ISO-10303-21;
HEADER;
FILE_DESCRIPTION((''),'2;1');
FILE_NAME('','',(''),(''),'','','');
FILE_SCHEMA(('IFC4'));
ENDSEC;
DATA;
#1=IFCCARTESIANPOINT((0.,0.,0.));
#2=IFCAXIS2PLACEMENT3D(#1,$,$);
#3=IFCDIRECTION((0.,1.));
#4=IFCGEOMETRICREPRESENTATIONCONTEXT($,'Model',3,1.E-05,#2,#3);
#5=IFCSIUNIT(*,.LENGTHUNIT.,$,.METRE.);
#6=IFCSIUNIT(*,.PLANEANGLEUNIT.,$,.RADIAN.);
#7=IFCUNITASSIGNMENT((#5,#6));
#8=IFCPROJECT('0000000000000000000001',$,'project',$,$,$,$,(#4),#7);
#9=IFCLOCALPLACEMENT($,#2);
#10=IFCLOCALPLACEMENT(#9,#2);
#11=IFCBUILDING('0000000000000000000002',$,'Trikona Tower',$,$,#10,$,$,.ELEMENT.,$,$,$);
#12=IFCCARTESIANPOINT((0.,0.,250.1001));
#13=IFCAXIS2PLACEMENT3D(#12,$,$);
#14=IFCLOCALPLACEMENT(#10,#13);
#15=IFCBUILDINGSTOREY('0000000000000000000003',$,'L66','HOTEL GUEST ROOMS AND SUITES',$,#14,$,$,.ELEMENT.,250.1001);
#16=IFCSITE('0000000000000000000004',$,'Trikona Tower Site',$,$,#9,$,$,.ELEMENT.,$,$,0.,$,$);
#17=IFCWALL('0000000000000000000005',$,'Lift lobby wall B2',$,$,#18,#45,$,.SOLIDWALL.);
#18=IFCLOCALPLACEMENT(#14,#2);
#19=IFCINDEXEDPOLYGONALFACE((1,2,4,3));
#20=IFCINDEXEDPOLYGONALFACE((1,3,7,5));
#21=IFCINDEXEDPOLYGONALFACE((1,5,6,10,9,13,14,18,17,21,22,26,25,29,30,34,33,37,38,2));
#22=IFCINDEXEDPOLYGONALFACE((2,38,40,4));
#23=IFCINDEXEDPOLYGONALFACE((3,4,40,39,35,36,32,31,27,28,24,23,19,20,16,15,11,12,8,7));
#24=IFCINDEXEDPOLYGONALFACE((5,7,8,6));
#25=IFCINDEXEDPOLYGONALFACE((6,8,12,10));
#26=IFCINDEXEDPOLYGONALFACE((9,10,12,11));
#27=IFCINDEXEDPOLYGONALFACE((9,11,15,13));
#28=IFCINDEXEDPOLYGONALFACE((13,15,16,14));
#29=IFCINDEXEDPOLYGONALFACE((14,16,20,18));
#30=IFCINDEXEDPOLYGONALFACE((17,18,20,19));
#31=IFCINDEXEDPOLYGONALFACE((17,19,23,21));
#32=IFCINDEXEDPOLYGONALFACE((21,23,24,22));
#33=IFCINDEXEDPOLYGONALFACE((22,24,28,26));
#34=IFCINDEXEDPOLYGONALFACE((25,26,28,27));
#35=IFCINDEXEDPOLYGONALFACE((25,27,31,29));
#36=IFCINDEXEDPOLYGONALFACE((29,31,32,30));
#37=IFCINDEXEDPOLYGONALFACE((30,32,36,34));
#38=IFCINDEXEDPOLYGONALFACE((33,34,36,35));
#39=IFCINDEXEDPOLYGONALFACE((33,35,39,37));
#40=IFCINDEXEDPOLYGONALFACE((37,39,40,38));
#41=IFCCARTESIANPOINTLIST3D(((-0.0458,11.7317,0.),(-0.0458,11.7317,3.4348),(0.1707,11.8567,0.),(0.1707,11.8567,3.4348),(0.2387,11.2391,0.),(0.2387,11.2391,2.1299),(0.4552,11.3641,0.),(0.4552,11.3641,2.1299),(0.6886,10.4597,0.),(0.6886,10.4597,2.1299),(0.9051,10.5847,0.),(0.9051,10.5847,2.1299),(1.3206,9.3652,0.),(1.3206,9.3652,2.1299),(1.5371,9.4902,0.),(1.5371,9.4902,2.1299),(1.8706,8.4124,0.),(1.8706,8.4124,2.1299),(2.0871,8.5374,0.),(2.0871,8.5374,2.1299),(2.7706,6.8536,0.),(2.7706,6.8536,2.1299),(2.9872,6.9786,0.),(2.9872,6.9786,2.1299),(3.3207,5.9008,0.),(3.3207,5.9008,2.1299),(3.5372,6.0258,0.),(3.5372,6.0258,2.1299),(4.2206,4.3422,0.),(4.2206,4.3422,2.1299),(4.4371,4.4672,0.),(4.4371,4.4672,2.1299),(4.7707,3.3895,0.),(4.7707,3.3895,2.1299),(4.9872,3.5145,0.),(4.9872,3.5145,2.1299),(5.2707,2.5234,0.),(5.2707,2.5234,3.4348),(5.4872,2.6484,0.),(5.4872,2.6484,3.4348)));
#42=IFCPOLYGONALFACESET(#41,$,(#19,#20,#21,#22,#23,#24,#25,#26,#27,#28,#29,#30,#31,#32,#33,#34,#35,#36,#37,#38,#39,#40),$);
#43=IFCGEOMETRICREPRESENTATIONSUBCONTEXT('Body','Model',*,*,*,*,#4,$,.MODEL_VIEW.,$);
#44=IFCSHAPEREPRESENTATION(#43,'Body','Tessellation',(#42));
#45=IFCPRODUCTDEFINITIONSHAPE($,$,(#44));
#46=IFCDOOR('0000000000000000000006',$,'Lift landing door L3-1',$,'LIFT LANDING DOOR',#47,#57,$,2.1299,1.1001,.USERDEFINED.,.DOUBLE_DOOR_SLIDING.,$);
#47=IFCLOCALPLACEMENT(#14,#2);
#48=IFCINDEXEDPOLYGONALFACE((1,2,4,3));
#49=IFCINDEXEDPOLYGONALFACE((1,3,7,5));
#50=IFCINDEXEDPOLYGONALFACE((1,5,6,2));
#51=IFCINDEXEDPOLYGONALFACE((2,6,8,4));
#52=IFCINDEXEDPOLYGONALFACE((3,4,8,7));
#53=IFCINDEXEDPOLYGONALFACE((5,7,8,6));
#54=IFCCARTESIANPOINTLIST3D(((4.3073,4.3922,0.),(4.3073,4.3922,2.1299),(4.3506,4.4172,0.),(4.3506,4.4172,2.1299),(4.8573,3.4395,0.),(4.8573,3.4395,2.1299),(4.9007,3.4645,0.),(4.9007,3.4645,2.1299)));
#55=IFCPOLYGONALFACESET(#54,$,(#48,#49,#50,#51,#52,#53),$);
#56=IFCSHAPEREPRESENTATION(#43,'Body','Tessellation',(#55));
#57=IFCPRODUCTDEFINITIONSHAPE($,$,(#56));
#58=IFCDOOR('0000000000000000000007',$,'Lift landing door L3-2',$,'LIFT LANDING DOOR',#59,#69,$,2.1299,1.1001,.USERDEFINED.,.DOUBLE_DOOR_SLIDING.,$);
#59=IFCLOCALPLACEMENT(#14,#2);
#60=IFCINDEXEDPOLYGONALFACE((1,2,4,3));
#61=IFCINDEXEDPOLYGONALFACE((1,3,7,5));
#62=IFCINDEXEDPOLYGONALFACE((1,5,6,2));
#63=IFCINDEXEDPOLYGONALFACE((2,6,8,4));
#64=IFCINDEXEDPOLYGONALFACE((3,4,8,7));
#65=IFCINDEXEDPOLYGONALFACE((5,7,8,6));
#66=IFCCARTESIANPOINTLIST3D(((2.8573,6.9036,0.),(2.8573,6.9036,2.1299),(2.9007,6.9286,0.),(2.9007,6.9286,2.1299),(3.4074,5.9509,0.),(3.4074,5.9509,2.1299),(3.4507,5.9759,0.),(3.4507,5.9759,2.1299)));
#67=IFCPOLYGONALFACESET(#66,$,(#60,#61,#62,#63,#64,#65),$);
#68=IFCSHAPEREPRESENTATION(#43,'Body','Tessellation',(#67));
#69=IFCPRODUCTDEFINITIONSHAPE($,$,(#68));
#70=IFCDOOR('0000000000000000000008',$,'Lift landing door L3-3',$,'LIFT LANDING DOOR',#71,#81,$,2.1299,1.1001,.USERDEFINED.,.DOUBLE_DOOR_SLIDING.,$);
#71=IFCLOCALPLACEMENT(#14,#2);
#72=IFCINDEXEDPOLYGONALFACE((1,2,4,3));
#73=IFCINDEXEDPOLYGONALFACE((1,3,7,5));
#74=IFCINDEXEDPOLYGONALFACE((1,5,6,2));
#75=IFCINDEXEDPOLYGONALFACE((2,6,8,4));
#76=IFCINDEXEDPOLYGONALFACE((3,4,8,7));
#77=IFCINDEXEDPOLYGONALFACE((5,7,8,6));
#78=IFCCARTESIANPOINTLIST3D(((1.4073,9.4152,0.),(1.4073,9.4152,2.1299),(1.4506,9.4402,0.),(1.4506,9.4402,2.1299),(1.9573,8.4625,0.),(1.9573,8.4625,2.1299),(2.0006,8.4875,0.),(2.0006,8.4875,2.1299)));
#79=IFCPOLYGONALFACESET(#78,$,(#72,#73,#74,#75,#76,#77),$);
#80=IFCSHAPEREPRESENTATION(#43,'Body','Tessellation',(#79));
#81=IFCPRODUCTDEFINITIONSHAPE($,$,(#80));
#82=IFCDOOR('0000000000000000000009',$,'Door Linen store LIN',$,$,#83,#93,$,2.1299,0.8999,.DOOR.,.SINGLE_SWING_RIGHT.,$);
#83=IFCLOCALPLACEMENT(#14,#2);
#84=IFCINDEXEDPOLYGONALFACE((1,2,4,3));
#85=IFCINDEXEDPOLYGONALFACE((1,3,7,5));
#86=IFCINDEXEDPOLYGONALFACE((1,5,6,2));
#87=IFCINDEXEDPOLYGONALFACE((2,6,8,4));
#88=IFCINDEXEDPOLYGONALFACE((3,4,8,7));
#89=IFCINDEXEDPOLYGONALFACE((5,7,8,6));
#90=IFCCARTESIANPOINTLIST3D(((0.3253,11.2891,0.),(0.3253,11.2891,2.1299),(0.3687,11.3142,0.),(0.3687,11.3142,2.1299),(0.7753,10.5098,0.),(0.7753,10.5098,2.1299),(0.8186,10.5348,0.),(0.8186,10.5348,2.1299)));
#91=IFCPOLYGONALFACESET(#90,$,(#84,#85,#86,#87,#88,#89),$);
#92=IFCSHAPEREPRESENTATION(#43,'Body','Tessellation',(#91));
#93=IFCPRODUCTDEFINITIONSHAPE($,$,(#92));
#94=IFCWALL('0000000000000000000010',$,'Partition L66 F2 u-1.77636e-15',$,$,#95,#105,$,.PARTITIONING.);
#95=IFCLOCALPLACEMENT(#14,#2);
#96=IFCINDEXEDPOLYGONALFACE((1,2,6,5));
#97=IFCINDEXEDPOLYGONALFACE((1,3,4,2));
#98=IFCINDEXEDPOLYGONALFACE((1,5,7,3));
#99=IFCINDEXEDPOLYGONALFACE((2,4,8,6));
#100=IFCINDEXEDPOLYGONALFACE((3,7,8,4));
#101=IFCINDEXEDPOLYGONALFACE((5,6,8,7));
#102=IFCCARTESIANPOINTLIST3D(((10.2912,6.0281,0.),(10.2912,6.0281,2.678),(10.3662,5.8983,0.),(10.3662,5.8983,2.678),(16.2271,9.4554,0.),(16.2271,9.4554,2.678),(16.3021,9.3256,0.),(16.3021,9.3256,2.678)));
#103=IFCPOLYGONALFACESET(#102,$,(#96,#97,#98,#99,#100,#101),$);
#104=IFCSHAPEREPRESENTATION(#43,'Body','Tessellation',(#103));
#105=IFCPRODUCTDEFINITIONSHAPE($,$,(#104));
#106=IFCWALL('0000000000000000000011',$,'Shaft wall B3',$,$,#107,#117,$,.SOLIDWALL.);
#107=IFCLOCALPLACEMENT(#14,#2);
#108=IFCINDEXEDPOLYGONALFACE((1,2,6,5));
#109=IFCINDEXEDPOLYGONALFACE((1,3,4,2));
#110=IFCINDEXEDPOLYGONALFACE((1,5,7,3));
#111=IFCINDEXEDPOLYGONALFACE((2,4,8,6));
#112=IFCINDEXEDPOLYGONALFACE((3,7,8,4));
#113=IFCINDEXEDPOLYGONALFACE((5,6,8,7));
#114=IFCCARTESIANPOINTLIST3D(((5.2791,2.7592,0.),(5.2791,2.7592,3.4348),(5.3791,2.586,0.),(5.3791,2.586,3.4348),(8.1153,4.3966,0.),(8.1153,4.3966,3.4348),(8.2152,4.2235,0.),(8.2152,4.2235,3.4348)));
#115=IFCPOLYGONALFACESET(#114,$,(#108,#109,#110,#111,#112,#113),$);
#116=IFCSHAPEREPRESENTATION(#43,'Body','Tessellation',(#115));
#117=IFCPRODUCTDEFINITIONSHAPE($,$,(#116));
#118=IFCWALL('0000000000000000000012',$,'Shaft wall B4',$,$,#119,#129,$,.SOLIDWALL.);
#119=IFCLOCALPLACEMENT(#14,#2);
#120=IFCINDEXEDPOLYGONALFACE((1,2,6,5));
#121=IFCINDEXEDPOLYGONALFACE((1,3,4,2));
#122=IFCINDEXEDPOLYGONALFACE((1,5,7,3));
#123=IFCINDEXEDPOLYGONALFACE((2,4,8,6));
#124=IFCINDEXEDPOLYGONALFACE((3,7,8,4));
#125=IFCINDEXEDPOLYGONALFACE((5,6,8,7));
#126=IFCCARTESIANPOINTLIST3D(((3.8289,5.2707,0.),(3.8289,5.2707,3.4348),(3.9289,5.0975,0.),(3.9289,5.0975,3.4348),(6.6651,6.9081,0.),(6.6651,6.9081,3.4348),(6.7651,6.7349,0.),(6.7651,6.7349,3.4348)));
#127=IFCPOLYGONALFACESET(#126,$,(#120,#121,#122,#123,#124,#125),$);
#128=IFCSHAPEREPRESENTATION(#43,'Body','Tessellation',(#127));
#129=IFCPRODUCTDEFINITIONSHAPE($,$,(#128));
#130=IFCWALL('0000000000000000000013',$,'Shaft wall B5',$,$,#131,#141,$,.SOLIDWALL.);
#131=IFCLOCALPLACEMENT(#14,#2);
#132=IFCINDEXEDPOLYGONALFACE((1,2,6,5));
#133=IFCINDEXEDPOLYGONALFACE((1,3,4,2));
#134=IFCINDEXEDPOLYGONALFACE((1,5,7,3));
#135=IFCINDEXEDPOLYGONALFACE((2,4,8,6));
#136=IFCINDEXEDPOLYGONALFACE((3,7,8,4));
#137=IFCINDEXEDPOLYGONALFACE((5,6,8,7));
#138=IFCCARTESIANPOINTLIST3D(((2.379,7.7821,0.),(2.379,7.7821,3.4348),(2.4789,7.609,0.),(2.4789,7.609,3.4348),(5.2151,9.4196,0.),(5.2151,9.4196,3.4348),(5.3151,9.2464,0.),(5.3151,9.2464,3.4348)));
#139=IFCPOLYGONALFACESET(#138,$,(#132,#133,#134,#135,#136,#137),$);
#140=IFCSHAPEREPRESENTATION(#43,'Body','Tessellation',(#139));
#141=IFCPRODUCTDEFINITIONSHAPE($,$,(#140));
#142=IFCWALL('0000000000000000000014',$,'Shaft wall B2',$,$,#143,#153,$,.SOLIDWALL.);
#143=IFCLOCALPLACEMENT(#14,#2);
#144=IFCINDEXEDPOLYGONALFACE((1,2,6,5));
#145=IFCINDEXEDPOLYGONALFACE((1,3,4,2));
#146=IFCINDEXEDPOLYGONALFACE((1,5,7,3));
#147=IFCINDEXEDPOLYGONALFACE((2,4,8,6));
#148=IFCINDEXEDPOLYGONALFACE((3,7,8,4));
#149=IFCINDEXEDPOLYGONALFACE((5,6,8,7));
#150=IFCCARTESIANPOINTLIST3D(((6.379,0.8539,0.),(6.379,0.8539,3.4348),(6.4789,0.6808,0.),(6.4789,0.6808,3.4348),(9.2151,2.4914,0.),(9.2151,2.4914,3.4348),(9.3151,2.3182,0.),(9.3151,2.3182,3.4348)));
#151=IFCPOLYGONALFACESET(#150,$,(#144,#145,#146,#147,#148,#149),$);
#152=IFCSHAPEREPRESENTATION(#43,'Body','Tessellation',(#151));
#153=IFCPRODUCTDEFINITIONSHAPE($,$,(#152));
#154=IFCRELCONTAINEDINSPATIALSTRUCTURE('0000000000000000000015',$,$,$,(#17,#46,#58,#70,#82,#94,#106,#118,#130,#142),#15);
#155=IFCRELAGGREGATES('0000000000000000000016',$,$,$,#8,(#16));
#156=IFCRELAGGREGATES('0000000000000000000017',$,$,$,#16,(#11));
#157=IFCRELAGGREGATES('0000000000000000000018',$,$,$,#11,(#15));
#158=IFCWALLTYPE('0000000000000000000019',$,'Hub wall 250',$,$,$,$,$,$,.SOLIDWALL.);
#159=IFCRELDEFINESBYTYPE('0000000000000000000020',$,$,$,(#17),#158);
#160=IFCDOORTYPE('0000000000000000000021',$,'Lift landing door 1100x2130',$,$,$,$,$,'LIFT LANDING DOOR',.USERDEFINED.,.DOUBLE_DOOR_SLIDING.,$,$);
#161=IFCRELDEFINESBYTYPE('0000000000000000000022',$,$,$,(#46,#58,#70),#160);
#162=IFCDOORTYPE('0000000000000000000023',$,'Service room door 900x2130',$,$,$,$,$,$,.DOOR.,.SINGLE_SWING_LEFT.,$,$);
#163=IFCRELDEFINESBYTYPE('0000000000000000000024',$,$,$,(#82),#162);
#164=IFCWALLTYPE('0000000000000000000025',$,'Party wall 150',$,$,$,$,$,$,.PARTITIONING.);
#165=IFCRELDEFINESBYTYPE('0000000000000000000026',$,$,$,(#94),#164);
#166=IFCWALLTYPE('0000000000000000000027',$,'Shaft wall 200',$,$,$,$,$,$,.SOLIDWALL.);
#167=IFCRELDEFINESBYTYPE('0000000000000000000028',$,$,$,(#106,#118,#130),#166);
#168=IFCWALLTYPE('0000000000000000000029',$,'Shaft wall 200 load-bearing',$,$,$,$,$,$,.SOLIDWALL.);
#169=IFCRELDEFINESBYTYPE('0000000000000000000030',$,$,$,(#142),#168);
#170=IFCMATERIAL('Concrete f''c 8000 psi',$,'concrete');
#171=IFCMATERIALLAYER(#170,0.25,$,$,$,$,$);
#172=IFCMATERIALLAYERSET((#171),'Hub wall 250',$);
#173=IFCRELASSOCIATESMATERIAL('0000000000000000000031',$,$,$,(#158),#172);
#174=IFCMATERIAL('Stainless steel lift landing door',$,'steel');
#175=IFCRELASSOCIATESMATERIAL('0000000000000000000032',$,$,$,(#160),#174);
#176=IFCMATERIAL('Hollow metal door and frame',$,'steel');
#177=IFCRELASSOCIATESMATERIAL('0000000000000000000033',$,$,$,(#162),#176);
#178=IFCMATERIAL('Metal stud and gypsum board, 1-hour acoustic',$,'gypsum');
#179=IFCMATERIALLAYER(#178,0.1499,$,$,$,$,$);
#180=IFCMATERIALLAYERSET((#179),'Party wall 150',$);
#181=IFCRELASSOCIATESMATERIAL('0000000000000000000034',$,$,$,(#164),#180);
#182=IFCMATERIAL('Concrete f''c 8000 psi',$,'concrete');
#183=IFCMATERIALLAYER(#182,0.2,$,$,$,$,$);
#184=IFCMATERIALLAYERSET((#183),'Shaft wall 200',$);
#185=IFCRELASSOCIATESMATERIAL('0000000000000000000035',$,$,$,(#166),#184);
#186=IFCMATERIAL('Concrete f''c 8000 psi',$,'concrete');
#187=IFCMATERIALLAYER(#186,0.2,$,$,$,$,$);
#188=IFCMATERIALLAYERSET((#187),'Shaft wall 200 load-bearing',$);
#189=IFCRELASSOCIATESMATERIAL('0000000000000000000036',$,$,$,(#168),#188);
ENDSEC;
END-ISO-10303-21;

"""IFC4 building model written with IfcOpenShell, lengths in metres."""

from ifc_helpers import new_model, si_unit, direction, frame, frame_2d, origin, place, context, subcontext, project, spatial, rectangle, extrude, material, layer, layer_set, type_object, element, fill, save


model = new_model("IFC4")

# Units and contexts
model_context = context("Model", 3, precision=1e-05, world=origin(), true_north=direction((0.0, 1.0)))
body_context = subcontext(model_context, "Body", "Model", "MODEL_VIEW")
ifc_project = project(units=[si_unit("LENGTHUNIT", "METRE"), si_unit("PLANEANGLEUNIT", "RADIAN")], contexts=[model_context])

# Site, building, storey
site_placement = place(None, origin())
site = spatial("IfcSite", under=ifc_project, at=site_placement, Name="Trikona Tower Site", CompositionType="ELEMENT", RefElevation=0.0)
building_placement = place(site_placement, origin())
building = spatial("IfcBuilding", under=site, at=building_placement, Name="Trikona Tower", CompositionType="ELEMENT")
storey_placement = place(building_placement, frame((0.0, 0.0, 250.1001)))
storey = spatial("IfcBuildingStorey", under=building, at=storey_placement, Name="L66", Description="HOTEL GUEST ROOMS AND SUITES", CompositionType="ELEMENT", Elevation=250.1001)

# Wall, openings, doors
ifc_material_1 = material(Name="Concrete f'c 8000 psi", Category="concrete")
ifc_layer_1 = layer(ifc_material_1, 0.25)
ifc_layer_set_1 = layer_set([ifc_layer_1], Name="Hub wall 250")
wall_type_1 = type_object("IfcWallType", Name="Hub wall 250", PredefinedType="SOLIDWALL", material=ifc_layer_set_1)
wall_1_placement = place(storey_placement, frame((5.3789, 2.5859, 0.0), z_axis=(0.0, 0.0, 1.0), x_axis=(-0.500001, 0.866025, 0.0)))
wall_1 = element("IfcWall", 1, at=wall_1_placement, inside=storey, type_object=wall_type_1, Name="Lift lobby wall B2", PredefinedType="SOLIDWALL", context=body_context, shape_type="SweptSolid", body=[
    extrude(rectangle(XDim=10.6328, YDim=0.25, at=frame_2d((5.3164, 0.0))), origin(), (0.0, 0.0, 1.0), 3.4348),
])
opening_1_placement = place(wall_1_placement, frame((9.1641, 0.0, 0.0)))
opening_1 = element("IfcOpeningElement", 2, at=opening_1_placement, cuts=wall_1, PredefinedType="OPENING", context=body_context, shape_type="SweptSolid", body=[
    extrude(rectangle(XDim=0.8999, YDim=2.1299, at=frame_2d((0.45, 1.0649))), frame((0.0, 0.135, 0.0), z_axis=(0.0, -1.0, 0.0), x_axis=(1.0, 0.0, 0.0)), (0.0, 0.0, 1.0), 0.27),
])
opening_2_placement = place(wall_1_placement, frame((1.0, 0.0, 0.0)))
opening_2 = element("IfcOpeningElement", 3, at=opening_2_placement, cuts=wall_1, PredefinedType="OPENING", context=body_context, shape_type="SweptSolid", body=[
    extrude(rectangle(XDim=1.1001, YDim=2.1299, at=frame_2d((0.55, 1.0649))), frame((0.0, 0.135, 0.0), z_axis=(0.0, -1.0, 0.0), x_axis=(1.0, 0.0, 0.0)), (0.0, 0.0, 1.0), 0.27),
])
opening_3_placement = place(wall_1_placement, frame((3.8999, 0.0, 0.0)))
opening_3 = element("IfcOpeningElement", 4, at=opening_3_placement, cuts=wall_1, PredefinedType="OPENING", context=body_context, shape_type="SweptSolid", body=[
    extrude(rectangle(XDim=1.1001, YDim=2.1299, at=frame_2d((0.55, 1.0649))), frame((0.0, 0.135, 0.0), z_axis=(0.0, -1.0, 0.0), x_axis=(1.0, 0.0, 0.0)), (0.0, 0.0, 1.0), 0.27),
])
opening_4_placement = place(wall_1_placement, frame((6.8, 0.0, 0.0)))
opening_4 = element("IfcOpeningElement", 5, at=opening_4_placement, cuts=wall_1, PredefinedType="OPENING", context=body_context, shape_type="SweptSolid", body=[
    extrude(rectangle(XDim=1.1001, YDim=2.1299, at=frame_2d((0.55, 1.0649))), frame((0.0, 0.135, 0.0), z_axis=(0.0, -1.0, 0.0), x_axis=(1.0, 0.0, 0.0)), (0.0, 0.0, 1.0), 0.27),
])
ifc_material_2 = material(Name="Stainless steel lift landing door", Category="steel")
door_type_1 = type_object("IfcDoorType", Name="Lift landing door 1100x2130", ElementType="LIFT LANDING DOOR", OperationType="DOUBLE_DOOR_SLIDING", PredefinedType="USERDEFINED", material=ifc_material_2)
door_1_placement = place(opening_2_placement, origin())
door_1 = element("IfcDoor", 6, at=door_1_placement, inside=storey, type_object=door_type_1, Name="Lift landing door L3-1", ObjectType="LIFT LANDING DOOR", OperationType="DOUBLE_DOOR_SLIDING", OverallHeight=2.1299, OverallWidth=1.1001, PredefinedType="USERDEFINED", context=body_context, shape_type="SweptSolid", body=[
    extrude(rectangle(XDim=1.1001, YDim=2.1299, at=frame_2d((0.55, 1.0649))), frame((0.0, 0.0249, 0.0), z_axis=(0.0, -1.0, 0.0), x_axis=(1.0, 0.0, 0.0)), (0.0, 0.0, 1.0), 0.05),
])
fill(opening_2, door_1)
door_2_placement = place(opening_3_placement, origin())
door_2 = element("IfcDoor", 7, at=door_2_placement, inside=storey, type_object=door_type_1, Name="Lift landing door L3-2", ObjectType="LIFT LANDING DOOR", OperationType="DOUBLE_DOOR_SLIDING", OverallHeight=2.1299, OverallWidth=1.1001, PredefinedType="USERDEFINED", context=body_context, shape_type="SweptSolid", body=[
    extrude(rectangle(XDim=1.1001, YDim=2.1299, at=frame_2d((0.55, 1.0649))), frame((0.0, 0.0249, 0.0), z_axis=(0.0, -1.0, 0.0), x_axis=(1.0, 0.0, 0.0)), (0.0, 0.0, 1.0), 0.05),
])
fill(opening_3, door_2)
door_3_placement = place(opening_4_placement, origin())
door_3 = element("IfcDoor", 8, at=door_3_placement, inside=storey, type_object=door_type_1, Name="Lift landing door L3-3", ObjectType="LIFT LANDING DOOR", OperationType="DOUBLE_DOOR_SLIDING", OverallHeight=2.1299, OverallWidth=1.1001, PredefinedType="USERDEFINED", context=body_context, shape_type="SweptSolid", body=[
    extrude(rectangle(XDim=1.1001, YDim=2.1299, at=frame_2d((0.55, 1.0649))), frame((0.0, 0.0249, 0.0), z_axis=(0.0, -1.0, 0.0), x_axis=(1.0, 0.0, 0.0)), (0.0, 0.0, 1.0), 0.05),
])
fill(opening_4, door_3)
ifc_material_3 = material(Name="Hollow metal door and frame", Category="steel")
door_type_2 = type_object("IfcDoorType", Name="Service room door 900x2130", OperationType="SINGLE_SWING_LEFT", PredefinedType="DOOR", material=ifc_material_3)
door_4_placement = place(opening_1_placement, origin())
door_4 = element("IfcDoor", 9, at=door_4_placement, inside=storey, type_object=door_type_2, Name="Door Linen store LIN", OperationType="SINGLE_SWING_RIGHT", OverallHeight=2.1299, OverallWidth=0.8999, PredefinedType="DOOR", context=body_context, shape_type="SweptSolid", body=[
    extrude(rectangle(XDim=0.8999, YDim=2.1299, at=frame_2d((0.45, 1.0649))), frame((0.0, 0.0249, 0.0), z_axis=(0.0, -1.0, 0.0), x_axis=(1.0, 0.0, 0.0)), (0.0, 0.0, 1.0), 0.05),
])
fill(opening_1, door_4)

# Walls
ifc_material_4 = material(Name="Metal stud and gypsum board, 1-hour acoustic", Category="gypsum")
ifc_layer_2 = layer(ifc_material_4, 0.1499)
ifc_layer_set_2 = layer_set([ifc_layer_2], Name="Party wall 150")
wall_type_2 = type_object("IfcWallType", Name="Party wall 150", PredefinedType="PARTITIONING", material=ifc_layer_set_2)
wall_2_placement = place(storey_placement, frame((10.3286, 5.9631, 0.0), z_axis=(0.0, 0.0, 1.0), x_axis=(0.866012, 0.500024, 0.0)))
element("IfcWall", 10, at=wall_2_placement, inside=storey, type_object=wall_type_2, Name="Partition L66 F2 u-1.77636e-15", PredefinedType="PARTITIONING", context=body_context, shape_type="SweptSolid", body=[
    extrude(rectangle(XDim=6.8542, YDim=0.1499, at=frame_2d((3.4272, 0.0))), origin(), (0.0, 0.0, 1.0), 2.678),
])
ifc_material_5 = material(Name="Concrete f'c 8000 psi", Category="concrete")
ifc_layer_3 = layer(ifc_material_5, 0.2)
ifc_layer_set_3 = layer_set([ifc_layer_3], Name="Shaft wall 200")
wall_type_3 = type_object("IfcWallType", Name="Shaft wall 200", PredefinedType="SOLIDWALL", material=ifc_layer_set_3)
for number, where, z_axis, x_axis, name in (
    (11, (5.3291, 2.6726, 0.0), (0.0, 0.0, 1.0), (0.866028, 0.499996, 0.0), "Shaft wall B3"),
    (12, (3.8789, 5.1841, 0.0), (0.0, 0.0, 1.0), (0.866028, 0.499996, 0.0), "Shaft wall B4"),
    (13, (2.429, 7.6956, 0.0), (0.0, 0.0, 1.0), (0.866028, 0.499996, 0.0), "Shaft wall B5"),
):
    element("IfcWall", number, at=place(storey_placement, frame(where, z_axis=z_axis, x_axis=x_axis)), inside=storey, type_object=wall_type_3, Name=name, PredefinedType="SOLIDWALL", context=body_context, shape_type="SweptSolid", body=[
        extrude(rectangle(XDim=3.2749, YDim=0.2, at=frame_2d((1.6375, 0.0))), origin(), (0.0, 0.0, 1.0), 3.4348),
    ])
ifc_material_6 = material(Name="Concrete f'c 8000 psi", Category="concrete")
ifc_layer_4 = layer(ifc_material_6, 0.2)
ifc_layer_set_4 = layer_set([ifc_layer_4], Name="Shaft wall 200 load-bearing")
wall_type_4 = type_object("IfcWallType", Name="Shaft wall 200 load-bearing", PredefinedType="SOLIDWALL", material=ifc_layer_set_4)
wall_3_placement = place(storey_placement, frame((6.429, 0.7673, 0.0), z_axis=(0.0, 0.0, 1.0), x_axis=(0.866028, 0.499996, 0.0)))
element("IfcWall", 14, at=wall_3_placement, inside=storey, type_object=wall_type_4, Name="Shaft wall B2", PredefinedType="SOLIDWALL", context=body_context, shape_type="SweptSolid", body=[
    extrude(rectangle(XDim=3.2749, YDim=0.2, at=frame_2d((1.6375, 0.0))), origin(), (0.0, 0.0, 1.0), 3.4348),
])

save(model, "model.ifc")
